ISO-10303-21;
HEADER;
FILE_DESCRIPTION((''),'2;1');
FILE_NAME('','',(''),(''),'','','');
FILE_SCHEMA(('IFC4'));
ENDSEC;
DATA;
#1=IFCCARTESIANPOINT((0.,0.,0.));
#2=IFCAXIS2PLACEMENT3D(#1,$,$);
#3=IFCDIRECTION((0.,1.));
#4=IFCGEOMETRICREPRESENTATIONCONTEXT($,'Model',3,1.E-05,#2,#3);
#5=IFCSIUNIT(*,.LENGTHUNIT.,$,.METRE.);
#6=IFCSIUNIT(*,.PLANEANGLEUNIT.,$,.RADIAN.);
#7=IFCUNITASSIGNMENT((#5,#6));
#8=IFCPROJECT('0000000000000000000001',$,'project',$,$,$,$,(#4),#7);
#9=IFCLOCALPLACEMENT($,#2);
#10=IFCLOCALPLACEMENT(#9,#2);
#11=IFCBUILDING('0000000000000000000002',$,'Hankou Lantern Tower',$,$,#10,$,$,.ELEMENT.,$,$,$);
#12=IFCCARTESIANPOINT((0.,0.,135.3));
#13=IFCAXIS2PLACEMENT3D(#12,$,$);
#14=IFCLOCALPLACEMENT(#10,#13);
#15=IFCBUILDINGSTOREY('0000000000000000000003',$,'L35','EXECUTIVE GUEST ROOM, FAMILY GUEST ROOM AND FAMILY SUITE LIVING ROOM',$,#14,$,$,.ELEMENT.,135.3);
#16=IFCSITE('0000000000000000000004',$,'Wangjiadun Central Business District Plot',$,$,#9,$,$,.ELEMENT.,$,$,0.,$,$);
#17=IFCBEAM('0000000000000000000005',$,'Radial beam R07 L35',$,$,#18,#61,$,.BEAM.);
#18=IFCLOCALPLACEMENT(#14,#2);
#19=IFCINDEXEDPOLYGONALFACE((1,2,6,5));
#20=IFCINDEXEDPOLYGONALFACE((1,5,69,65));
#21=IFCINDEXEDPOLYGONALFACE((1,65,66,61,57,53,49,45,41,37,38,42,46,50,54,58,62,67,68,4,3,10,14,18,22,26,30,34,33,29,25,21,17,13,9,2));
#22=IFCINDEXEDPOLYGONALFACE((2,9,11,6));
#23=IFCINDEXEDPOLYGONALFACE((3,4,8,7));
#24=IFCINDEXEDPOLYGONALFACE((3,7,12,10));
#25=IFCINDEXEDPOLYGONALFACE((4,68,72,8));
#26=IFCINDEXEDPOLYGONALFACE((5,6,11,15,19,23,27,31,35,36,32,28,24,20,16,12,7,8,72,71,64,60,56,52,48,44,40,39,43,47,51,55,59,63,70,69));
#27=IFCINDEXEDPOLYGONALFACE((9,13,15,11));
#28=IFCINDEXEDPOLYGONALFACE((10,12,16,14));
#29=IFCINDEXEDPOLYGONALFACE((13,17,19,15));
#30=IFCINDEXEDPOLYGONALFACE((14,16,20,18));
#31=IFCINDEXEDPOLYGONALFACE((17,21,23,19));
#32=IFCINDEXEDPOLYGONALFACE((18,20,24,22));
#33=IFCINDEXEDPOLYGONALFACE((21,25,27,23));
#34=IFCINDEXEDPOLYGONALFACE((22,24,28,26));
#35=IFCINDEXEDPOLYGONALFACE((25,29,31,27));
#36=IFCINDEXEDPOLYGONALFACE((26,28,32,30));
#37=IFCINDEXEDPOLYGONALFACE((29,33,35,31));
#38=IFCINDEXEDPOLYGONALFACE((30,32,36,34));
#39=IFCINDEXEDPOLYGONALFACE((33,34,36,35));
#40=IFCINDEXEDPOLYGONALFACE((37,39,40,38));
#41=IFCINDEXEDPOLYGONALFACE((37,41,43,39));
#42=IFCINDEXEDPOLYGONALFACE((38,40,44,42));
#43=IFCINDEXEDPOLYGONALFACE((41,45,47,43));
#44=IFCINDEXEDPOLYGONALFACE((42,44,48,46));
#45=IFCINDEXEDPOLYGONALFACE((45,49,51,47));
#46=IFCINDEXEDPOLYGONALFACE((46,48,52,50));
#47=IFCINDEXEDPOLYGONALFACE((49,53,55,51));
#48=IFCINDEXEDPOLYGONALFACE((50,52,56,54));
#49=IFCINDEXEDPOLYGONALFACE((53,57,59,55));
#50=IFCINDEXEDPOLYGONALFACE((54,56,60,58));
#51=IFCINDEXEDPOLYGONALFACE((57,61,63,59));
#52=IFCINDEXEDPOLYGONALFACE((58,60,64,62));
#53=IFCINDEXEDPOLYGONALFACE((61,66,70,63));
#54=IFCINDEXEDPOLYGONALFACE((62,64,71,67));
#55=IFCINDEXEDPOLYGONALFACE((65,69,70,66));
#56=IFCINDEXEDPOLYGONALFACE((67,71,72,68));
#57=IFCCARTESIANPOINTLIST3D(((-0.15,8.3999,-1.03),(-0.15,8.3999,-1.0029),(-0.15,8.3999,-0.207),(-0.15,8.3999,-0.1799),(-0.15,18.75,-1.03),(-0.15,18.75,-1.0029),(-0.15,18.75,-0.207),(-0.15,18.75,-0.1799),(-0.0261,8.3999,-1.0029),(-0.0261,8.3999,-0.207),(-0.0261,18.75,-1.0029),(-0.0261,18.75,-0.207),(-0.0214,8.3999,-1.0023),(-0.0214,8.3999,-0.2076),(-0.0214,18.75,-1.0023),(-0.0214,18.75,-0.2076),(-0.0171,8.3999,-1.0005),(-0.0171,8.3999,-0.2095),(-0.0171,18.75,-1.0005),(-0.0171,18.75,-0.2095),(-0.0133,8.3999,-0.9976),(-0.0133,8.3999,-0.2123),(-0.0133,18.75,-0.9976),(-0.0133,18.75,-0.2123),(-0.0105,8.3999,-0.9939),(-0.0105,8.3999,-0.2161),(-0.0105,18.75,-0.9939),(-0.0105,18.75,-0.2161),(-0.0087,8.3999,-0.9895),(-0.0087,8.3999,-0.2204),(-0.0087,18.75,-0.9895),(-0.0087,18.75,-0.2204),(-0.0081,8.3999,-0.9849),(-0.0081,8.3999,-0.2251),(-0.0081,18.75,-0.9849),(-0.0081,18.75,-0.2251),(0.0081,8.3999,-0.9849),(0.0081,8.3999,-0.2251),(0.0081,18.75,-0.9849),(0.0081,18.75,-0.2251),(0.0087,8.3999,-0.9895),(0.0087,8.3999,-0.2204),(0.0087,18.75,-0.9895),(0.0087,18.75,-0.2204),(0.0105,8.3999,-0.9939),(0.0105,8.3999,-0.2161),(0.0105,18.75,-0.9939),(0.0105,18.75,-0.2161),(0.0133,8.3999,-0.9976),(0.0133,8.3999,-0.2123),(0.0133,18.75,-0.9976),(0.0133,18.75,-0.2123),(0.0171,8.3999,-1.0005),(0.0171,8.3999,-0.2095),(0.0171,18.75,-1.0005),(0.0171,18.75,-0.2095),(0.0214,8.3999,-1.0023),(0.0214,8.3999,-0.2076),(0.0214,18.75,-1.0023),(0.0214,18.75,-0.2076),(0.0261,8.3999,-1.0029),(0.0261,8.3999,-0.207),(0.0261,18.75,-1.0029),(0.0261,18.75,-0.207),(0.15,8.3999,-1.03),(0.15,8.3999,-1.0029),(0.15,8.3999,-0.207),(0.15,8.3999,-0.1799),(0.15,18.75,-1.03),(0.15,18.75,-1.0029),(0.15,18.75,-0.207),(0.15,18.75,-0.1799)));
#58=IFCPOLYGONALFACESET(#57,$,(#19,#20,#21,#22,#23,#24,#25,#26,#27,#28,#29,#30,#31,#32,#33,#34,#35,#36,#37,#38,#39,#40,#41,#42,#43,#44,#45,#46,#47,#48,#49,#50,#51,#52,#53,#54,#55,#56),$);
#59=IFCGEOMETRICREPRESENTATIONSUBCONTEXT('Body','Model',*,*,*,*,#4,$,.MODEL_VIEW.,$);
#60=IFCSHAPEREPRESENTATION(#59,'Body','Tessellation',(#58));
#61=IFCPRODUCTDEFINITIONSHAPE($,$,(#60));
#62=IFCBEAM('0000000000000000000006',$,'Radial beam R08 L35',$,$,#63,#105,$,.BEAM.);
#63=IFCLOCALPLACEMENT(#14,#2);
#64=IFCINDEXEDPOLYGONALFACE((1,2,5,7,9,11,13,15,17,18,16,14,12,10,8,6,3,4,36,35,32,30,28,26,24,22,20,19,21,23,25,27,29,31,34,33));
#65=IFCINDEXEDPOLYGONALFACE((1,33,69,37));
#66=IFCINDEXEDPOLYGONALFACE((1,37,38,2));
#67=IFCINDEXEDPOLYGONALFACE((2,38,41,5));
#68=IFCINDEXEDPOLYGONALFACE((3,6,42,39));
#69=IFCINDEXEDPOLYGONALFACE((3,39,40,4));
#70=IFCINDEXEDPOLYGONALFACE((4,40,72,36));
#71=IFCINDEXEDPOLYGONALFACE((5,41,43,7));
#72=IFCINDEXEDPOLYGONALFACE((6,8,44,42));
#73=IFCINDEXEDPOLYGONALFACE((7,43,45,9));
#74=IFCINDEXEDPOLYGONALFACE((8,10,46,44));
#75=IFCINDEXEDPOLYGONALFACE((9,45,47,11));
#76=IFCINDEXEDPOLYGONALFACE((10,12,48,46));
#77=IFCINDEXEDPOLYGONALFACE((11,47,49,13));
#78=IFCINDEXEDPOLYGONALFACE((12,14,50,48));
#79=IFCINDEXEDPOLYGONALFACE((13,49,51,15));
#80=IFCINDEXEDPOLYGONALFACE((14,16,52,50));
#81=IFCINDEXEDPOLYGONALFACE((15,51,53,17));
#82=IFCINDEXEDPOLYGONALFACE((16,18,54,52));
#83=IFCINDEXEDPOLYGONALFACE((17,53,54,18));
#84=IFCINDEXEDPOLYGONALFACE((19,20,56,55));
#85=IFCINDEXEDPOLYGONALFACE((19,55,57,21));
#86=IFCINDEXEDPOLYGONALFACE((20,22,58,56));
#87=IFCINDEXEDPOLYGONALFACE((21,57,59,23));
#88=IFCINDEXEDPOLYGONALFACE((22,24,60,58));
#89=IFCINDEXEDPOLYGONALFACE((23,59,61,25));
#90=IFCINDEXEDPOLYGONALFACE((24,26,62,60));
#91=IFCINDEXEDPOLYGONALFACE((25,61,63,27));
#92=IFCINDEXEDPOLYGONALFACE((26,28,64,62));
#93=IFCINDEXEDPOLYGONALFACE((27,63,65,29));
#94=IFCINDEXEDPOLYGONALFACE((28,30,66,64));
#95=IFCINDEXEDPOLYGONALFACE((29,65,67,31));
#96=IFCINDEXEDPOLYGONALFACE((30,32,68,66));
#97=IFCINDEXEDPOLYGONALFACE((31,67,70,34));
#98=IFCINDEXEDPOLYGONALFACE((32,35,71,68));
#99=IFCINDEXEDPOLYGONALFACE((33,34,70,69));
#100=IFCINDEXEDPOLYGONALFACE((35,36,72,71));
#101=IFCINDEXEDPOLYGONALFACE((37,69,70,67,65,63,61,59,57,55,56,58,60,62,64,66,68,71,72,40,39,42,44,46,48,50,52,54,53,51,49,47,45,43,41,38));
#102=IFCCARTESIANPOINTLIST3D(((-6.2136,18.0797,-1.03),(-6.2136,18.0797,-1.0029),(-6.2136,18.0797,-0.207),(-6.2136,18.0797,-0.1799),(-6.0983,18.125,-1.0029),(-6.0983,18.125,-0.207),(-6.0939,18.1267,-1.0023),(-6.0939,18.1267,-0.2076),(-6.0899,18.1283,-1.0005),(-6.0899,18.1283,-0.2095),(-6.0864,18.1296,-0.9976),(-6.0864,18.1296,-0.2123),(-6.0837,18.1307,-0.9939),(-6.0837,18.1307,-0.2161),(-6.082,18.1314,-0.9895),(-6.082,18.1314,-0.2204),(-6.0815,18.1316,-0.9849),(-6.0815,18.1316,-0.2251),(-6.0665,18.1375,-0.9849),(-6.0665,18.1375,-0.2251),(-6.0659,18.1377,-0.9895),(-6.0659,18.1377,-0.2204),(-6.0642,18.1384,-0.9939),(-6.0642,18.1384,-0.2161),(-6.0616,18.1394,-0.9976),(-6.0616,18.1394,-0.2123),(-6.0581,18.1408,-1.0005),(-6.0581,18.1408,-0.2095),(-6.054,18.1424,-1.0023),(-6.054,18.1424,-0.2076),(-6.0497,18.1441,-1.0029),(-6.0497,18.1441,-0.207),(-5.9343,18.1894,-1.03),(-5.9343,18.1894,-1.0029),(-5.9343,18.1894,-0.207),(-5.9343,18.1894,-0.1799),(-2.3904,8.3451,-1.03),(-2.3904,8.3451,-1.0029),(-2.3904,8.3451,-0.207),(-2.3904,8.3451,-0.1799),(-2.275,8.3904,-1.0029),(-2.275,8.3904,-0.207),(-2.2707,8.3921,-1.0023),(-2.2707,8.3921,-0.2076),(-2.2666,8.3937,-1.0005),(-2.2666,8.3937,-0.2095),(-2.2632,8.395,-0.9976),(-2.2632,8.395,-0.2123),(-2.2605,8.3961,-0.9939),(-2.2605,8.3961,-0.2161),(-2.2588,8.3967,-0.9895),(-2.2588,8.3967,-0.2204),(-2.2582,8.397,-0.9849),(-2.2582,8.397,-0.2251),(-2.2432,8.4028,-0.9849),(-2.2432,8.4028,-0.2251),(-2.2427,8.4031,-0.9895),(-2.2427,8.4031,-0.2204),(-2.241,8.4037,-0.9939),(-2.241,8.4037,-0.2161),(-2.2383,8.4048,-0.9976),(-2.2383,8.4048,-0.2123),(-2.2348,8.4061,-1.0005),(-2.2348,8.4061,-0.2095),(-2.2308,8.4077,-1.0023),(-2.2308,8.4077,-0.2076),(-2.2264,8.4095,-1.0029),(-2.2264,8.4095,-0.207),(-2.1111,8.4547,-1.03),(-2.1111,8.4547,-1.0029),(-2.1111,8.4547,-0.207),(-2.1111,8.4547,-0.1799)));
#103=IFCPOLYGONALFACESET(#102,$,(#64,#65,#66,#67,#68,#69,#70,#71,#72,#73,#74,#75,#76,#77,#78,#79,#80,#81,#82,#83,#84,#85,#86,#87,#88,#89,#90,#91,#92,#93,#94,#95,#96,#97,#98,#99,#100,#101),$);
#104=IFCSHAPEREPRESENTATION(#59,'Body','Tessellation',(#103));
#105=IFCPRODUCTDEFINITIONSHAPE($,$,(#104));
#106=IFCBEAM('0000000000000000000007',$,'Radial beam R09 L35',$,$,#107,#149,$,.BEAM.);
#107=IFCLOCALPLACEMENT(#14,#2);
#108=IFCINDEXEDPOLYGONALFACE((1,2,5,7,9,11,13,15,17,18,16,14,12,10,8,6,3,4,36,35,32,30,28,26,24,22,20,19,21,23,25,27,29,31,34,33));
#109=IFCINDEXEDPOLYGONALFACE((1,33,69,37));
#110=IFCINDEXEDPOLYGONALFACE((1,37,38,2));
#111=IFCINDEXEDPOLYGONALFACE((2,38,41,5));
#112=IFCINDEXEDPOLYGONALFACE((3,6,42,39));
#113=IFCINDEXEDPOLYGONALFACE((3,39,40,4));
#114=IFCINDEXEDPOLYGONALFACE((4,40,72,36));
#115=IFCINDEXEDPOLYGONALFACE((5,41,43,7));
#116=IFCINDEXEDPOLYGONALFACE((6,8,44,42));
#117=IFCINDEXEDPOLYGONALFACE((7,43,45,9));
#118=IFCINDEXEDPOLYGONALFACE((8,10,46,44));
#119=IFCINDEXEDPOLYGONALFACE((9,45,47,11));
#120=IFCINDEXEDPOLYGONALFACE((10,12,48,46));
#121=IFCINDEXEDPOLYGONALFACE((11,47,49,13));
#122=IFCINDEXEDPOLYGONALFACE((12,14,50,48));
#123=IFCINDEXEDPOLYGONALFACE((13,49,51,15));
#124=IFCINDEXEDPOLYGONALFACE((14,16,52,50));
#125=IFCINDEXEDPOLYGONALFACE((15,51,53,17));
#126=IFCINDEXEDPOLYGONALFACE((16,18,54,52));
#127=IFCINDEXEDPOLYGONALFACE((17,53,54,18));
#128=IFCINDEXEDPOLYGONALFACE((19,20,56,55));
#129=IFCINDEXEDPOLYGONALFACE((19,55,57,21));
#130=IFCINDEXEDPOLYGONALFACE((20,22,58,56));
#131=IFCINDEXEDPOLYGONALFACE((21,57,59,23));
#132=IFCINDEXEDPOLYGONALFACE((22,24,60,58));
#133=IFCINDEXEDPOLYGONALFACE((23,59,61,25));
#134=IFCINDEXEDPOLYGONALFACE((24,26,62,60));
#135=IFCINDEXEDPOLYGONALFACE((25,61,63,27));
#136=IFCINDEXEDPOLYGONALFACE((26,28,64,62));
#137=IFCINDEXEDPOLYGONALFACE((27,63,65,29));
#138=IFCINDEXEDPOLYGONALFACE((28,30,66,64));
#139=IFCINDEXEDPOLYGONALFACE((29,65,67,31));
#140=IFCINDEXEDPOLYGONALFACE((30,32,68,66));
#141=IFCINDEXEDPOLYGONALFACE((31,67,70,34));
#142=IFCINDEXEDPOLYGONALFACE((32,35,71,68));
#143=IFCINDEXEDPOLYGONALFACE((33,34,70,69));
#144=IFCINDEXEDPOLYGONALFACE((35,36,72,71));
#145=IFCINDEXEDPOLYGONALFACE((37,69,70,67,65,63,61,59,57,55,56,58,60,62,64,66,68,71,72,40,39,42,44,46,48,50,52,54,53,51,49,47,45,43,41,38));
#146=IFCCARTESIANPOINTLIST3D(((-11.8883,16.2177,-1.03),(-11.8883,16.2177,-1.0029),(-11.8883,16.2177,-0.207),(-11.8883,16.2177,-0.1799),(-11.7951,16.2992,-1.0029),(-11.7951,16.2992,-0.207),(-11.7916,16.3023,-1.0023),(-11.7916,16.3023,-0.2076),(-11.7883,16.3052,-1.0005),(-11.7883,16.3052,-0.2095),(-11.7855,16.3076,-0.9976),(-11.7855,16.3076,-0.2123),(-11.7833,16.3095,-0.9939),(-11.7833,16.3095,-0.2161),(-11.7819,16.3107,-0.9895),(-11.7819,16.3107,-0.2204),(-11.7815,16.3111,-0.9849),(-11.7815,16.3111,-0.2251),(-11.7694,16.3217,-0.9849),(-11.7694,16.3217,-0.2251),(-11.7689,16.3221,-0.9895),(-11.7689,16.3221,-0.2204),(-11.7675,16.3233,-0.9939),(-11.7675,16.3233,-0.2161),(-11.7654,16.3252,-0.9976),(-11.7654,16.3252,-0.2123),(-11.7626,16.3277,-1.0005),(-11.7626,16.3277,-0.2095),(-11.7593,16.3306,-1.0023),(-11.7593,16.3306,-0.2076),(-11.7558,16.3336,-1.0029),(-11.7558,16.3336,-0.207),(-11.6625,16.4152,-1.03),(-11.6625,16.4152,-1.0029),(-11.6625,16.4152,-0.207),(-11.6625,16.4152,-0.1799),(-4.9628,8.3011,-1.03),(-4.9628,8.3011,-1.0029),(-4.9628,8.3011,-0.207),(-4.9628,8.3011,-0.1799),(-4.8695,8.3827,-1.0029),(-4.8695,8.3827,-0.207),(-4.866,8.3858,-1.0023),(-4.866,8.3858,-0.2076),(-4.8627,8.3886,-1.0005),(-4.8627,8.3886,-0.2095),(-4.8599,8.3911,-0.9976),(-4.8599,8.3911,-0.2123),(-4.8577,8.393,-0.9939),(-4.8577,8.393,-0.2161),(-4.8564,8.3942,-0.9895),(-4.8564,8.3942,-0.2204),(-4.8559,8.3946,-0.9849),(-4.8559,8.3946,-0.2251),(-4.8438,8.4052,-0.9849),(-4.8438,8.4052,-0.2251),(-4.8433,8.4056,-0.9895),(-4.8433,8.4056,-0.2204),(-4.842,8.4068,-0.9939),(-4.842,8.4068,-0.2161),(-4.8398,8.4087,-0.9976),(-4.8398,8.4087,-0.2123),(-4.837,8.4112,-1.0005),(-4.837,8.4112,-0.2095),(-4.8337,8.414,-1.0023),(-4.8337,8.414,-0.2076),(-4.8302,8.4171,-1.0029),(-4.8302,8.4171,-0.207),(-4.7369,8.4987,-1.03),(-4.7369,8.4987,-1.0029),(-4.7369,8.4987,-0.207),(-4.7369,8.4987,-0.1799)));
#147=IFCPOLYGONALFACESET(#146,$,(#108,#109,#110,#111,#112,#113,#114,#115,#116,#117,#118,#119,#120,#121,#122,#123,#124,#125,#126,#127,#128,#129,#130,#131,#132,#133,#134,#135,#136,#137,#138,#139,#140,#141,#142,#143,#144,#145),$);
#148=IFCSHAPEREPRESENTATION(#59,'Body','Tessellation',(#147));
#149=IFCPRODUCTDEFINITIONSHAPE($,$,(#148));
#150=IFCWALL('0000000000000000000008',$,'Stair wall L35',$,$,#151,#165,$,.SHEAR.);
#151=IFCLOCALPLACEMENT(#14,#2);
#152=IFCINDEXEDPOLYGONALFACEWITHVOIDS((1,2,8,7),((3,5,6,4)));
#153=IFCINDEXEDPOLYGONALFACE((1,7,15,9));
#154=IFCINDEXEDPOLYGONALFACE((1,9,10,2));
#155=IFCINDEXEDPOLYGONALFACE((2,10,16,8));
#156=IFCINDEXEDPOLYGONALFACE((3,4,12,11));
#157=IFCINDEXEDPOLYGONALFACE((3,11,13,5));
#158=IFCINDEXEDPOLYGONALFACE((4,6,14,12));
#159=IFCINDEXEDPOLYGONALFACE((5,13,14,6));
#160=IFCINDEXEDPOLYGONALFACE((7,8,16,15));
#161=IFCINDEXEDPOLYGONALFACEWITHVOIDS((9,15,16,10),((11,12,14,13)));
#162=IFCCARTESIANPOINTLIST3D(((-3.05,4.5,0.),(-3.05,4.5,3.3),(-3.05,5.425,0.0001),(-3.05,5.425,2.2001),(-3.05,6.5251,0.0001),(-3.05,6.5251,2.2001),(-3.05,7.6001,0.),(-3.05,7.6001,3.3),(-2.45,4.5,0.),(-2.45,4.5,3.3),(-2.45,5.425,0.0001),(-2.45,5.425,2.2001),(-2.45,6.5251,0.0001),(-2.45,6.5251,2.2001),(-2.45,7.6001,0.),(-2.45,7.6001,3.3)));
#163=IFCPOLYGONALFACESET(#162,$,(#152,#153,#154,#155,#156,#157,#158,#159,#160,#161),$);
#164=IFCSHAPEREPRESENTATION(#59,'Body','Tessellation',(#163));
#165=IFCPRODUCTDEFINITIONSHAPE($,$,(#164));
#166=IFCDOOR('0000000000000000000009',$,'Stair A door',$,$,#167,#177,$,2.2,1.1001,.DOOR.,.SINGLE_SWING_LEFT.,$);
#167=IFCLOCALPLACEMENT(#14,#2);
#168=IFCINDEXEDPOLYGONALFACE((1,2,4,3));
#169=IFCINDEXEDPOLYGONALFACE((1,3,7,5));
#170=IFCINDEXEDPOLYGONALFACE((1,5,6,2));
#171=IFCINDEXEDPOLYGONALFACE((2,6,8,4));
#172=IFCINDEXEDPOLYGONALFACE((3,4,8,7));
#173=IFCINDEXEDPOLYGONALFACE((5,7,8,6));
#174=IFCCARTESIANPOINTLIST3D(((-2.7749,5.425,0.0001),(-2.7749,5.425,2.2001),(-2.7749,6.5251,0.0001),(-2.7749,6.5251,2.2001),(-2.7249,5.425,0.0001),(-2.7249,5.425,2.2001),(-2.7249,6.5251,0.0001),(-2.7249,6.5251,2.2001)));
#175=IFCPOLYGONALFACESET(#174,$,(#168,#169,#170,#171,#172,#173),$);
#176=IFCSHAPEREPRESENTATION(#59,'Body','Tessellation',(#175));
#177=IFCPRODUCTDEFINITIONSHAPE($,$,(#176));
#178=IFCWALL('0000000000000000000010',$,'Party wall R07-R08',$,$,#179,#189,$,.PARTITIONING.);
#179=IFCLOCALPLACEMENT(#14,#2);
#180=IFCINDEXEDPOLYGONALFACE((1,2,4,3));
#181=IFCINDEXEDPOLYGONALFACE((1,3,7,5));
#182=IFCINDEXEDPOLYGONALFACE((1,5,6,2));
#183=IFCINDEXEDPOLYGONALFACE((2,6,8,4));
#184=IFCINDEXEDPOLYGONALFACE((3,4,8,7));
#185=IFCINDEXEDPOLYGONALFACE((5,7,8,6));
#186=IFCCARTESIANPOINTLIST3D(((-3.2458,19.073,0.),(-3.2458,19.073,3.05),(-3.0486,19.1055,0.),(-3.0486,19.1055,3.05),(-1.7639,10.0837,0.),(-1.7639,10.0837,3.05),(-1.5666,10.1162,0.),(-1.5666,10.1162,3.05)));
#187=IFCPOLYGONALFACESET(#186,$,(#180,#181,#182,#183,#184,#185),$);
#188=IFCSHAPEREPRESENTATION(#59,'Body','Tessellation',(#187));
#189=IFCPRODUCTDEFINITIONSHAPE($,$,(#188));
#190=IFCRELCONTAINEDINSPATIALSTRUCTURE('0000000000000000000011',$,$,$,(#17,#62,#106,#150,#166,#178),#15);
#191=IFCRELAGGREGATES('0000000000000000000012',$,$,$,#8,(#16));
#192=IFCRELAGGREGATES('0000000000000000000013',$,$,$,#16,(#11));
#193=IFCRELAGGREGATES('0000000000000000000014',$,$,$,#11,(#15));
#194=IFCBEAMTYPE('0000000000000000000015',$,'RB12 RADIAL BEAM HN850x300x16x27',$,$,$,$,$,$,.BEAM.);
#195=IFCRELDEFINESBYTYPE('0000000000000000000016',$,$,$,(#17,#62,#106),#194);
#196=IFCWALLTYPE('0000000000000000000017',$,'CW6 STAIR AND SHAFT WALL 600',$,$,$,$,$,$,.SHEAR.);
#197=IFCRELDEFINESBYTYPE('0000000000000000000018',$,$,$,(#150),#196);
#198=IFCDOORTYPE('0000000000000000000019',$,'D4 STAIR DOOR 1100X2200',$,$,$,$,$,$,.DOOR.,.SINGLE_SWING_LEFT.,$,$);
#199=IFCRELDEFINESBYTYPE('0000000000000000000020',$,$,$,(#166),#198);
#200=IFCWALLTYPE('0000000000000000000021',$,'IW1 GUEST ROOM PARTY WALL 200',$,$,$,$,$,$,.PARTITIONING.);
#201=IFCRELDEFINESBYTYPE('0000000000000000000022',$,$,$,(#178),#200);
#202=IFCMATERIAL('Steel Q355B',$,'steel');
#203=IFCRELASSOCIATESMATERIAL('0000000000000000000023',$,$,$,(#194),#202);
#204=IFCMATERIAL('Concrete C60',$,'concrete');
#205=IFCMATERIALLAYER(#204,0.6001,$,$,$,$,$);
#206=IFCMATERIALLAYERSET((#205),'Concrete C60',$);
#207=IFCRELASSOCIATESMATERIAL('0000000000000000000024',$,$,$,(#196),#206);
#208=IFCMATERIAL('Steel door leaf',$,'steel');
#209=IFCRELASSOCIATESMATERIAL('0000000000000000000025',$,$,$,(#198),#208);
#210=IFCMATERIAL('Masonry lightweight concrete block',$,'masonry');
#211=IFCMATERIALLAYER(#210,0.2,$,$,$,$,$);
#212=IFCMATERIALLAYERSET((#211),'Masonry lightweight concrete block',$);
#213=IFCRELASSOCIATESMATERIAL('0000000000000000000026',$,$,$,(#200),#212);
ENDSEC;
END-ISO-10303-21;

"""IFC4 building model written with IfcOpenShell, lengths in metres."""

from ifc_helpers import new_model, si_unit, direction, frame, frame_2d, origin, origin_2d, place, context, subcontext, project, spatial, rectangle, i_section, extrude, material, layer, layer_set, material_profile, profile_set, type_object, element, fill, save


model = new_model("IFC4")

# Units and contexts
model_context = context("Model", 3, precision=1e-05, world=origin(), true_north=direction((0.0, 1.0)))
body_context = subcontext(model_context, "Body", "Model", "MODEL_VIEW")
ifc_project = project(units=[si_unit("LENGTHUNIT", "METRE"), si_unit("PLANEANGLEUNIT", "RADIAN")], contexts=[model_context])

# Site, building, storey
site_placement = place(None, origin())
site = spatial("IfcSite", under=ifc_project, at=site_placement, Name="Wangjiadun Central Business District Plot", CompositionType="ELEMENT", RefElevation=0.0)
building_placement = place(site_placement, origin())
building = spatial("IfcBuilding", under=site, at=building_placement, Name="Hankou Lantern Tower", CompositionType="ELEMENT")
storey_placement = place(building_placement, frame((0.0, 0.0, 135.3)))
storey = spatial("IfcBuildingStorey", under=building, at=storey_placement, Name="L35", Description="EXECUTIVE GUEST ROOM, FAMILY GUEST ROOM AND FAMILY SUITE LIVING ROOM", CompositionType="ELEMENT", Elevation=135.3)

# Beams
ifc_material_1 = material(Name="Steel Q355B", Category="steel")
ifc_material_profile = material_profile(ifc_material_1, i_section(OverallWidth=0.3, OverallDepth=0.8501, WebThickness=0.0161, FlangeThickness=0.0271, FilletRadius=0.0181, at=origin_2d()), Name="HN850x300x16x27")
ifc_profile_set = profile_set([ifc_material_profile], Name="Steel Q355B")
beam_type = type_object("IfcBeamType", Name="RB12 RADIAL BEAM HN850x300x16x27", PredefinedType="BEAM", material=ifc_profile_set)
beam_1_placement = place(storey_placement, frame((0.0, 8.3999, -0.605), z_axis=(0.0, 1.0, 0.0), x_axis=(-1.0, 0.0, 0.0)))
element("IfcBeam", 1, at=beam_1_placement, inside=storey, type_object=beam_type, Name="Radial beam R07 L35", PredefinedType="BEAM", context=body_context, shape_type="SweptSolid", body=[
    extrude(i_section(OverallWidth=0.3, OverallDepth=0.8501, WebThickness=0.0161, FlangeThickness=0.0271, FilletRadius=0.0181, at=origin_2d()), origin(), (0.0, 0.0, 1.0), 10.3501),
])
beam_2_placement = place(storey_placement, frame((-2.2507, 8.3999, -0.605), z_axis=(-0.365564, 0.930786, 0.0), x_axis=(-0.930786, -0.365564, 0.0)))
element("IfcBeam", 2, at=beam_2_placement, inside=storey, type_object=beam_type, Name="Radial beam R08 L35", PredefinedType="BEAM", context=body_context, shape_type="SweptSolid", body=[
    extrude(i_section(OverallWidth=0.3, OverallDepth=0.8501, WebThickness=0.0161, FlangeThickness=0.0271, FilletRadius=0.0181, at=origin_2d()), origin(), (0.0, 0.0, 1.0), 10.4585),
])
beam_3_placement = place(storey_placement, frame((-4.8499, 8.3999, -0.605), z_axis=(-0.658429, 0.752643, 0.0), x_axis=(-0.752643, -0.658429, 0.0)))
element("IfcBeam", 3, at=beam_3_placement, inside=storey, type_object=beam_type, Name="Radial beam R09 L35", PredefinedType="BEAM", context=body_context, shape_type="SweptSolid", body=[
    extrude(i_section(OverallWidth=0.3, OverallDepth=0.8501, WebThickness=0.0161, FlangeThickness=0.0271, FilletRadius=0.0181, at=origin_2d()), origin(), (0.0, 0.0, 1.0), 10.5183),
])

# Wall, opening, door
ifc_material_2 = material(Name="Concrete C60", Category="concrete")
ifc_layer_1 = layer(ifc_material_2, 0.6001)
ifc_layer_set_1 = layer_set([ifc_layer_1], Name="Concrete C60")
wall_type_1 = type_object("IfcWallType", Name="CW6 STAIR AND SHAFT WALL 600", PredefinedType="SHEAR", material=ifc_layer_set_1)
wall_1_placement = place(storey_placement, frame((-2.75, 4.5, 0.0), z_axis=(0.0, 0.0, 1.0), x_axis=(0.0, 1.0, 0.0)))
wall_1 = element("IfcWall", 4, at=wall_1_placement, inside=storey, type_object=wall_type_1, Name="Stair wall L35", PredefinedType="SHEAR", context=body_context, shape_type="SweptSolid", body=[
    extrude(rectangle(XDim=3.1001, YDim=0.6001, at=frame_2d((1.55, 0.0))), origin(), (0.0, 0.0, 1.0), 3.3),
])
opening_1_placement = place(wall_1_placement, frame((0.925, 0.0, 0.0)))
opening_1 = element("IfcOpeningElement", 5, at=opening_1_placement, cuts=wall_1, PredefinedType="OPENING", context=body_context, shape_type="SweptSolid", body=[
    extrude(rectangle(XDim=1.1001, YDim=2.2, at=frame_2d((0.55, 1.1001))), frame((0.0, 0.3101, 0.0), z_axis=(0.0, -1.0, 0.0), x_axis=(1.0, 0.0, 0.0)), (0.0, 0.0, 1.0), 0.6201),
])
ifc_material_3 = material(Name="Steel door leaf", Category="steel")
door_type_1 = type_object("IfcDoorType", Name="D4 STAIR DOOR 1100X2200", OperationType="SINGLE_SWING_LEFT", PredefinedType="DOOR", material=ifc_material_3)
door_1_placement = place(opening_1_placement, origin())
door_1 = element("IfcDoor", 6, at=door_1_placement, inside=storey, type_object=door_type_1, Name="Stair A door", OperationType="SINGLE_SWING_LEFT", OverallHeight=2.2, OverallWidth=1.1001, PredefinedType="DOOR", context=body_context, shape_type="SweptSolid", body=[
    extrude(rectangle(XDim=1.1001, YDim=2.2, at=frame_2d((0.55, 1.1001))), frame((0.0, 0.0249, 0.0), z_axis=(0.0, -1.0, 0.0), x_axis=(1.0, 0.0, 0.0)), (0.0, 0.0, 1.0), 0.05),
])
fill(opening_1, door_1)

# Wall
ifc_material_4 = material(Name="Masonry lightweight concrete block", Category="masonry")
ifc_layer_2 = layer(ifc_material_4, 0.2)
ifc_layer_set_2 = layer_set([ifc_layer_2], Name="Masonry lightweight concrete block")
wall_type_2 = type_object("IfcWallType", Name="IW1 GUEST ROOM PARTY WALL 200", PredefinedType="PARTITIONING", material=ifc_layer_set_2)
wall_2_placement = place(storey_placement, frame((-1.6653, 10.1001, 0.0), z_axis=(0.0, 0.0, 1.0), x_axis=(-0.162661, 0.986682, 0.0)))
element("IfcWall", 7, at=wall_2_placement, inside=storey, type_object=wall_type_2, Name="Party wall R07-R08", PredefinedType="PARTITIONING", context=body_context, shape_type="SweptSolid", body=[
    extrude(rectangle(XDim=9.1106, YDim=0.2, at=frame_2d((4.5552, 0.0))), origin(), (0.0, 0.0, 1.0), 3.05),
])

save(model, "model.ifc")
